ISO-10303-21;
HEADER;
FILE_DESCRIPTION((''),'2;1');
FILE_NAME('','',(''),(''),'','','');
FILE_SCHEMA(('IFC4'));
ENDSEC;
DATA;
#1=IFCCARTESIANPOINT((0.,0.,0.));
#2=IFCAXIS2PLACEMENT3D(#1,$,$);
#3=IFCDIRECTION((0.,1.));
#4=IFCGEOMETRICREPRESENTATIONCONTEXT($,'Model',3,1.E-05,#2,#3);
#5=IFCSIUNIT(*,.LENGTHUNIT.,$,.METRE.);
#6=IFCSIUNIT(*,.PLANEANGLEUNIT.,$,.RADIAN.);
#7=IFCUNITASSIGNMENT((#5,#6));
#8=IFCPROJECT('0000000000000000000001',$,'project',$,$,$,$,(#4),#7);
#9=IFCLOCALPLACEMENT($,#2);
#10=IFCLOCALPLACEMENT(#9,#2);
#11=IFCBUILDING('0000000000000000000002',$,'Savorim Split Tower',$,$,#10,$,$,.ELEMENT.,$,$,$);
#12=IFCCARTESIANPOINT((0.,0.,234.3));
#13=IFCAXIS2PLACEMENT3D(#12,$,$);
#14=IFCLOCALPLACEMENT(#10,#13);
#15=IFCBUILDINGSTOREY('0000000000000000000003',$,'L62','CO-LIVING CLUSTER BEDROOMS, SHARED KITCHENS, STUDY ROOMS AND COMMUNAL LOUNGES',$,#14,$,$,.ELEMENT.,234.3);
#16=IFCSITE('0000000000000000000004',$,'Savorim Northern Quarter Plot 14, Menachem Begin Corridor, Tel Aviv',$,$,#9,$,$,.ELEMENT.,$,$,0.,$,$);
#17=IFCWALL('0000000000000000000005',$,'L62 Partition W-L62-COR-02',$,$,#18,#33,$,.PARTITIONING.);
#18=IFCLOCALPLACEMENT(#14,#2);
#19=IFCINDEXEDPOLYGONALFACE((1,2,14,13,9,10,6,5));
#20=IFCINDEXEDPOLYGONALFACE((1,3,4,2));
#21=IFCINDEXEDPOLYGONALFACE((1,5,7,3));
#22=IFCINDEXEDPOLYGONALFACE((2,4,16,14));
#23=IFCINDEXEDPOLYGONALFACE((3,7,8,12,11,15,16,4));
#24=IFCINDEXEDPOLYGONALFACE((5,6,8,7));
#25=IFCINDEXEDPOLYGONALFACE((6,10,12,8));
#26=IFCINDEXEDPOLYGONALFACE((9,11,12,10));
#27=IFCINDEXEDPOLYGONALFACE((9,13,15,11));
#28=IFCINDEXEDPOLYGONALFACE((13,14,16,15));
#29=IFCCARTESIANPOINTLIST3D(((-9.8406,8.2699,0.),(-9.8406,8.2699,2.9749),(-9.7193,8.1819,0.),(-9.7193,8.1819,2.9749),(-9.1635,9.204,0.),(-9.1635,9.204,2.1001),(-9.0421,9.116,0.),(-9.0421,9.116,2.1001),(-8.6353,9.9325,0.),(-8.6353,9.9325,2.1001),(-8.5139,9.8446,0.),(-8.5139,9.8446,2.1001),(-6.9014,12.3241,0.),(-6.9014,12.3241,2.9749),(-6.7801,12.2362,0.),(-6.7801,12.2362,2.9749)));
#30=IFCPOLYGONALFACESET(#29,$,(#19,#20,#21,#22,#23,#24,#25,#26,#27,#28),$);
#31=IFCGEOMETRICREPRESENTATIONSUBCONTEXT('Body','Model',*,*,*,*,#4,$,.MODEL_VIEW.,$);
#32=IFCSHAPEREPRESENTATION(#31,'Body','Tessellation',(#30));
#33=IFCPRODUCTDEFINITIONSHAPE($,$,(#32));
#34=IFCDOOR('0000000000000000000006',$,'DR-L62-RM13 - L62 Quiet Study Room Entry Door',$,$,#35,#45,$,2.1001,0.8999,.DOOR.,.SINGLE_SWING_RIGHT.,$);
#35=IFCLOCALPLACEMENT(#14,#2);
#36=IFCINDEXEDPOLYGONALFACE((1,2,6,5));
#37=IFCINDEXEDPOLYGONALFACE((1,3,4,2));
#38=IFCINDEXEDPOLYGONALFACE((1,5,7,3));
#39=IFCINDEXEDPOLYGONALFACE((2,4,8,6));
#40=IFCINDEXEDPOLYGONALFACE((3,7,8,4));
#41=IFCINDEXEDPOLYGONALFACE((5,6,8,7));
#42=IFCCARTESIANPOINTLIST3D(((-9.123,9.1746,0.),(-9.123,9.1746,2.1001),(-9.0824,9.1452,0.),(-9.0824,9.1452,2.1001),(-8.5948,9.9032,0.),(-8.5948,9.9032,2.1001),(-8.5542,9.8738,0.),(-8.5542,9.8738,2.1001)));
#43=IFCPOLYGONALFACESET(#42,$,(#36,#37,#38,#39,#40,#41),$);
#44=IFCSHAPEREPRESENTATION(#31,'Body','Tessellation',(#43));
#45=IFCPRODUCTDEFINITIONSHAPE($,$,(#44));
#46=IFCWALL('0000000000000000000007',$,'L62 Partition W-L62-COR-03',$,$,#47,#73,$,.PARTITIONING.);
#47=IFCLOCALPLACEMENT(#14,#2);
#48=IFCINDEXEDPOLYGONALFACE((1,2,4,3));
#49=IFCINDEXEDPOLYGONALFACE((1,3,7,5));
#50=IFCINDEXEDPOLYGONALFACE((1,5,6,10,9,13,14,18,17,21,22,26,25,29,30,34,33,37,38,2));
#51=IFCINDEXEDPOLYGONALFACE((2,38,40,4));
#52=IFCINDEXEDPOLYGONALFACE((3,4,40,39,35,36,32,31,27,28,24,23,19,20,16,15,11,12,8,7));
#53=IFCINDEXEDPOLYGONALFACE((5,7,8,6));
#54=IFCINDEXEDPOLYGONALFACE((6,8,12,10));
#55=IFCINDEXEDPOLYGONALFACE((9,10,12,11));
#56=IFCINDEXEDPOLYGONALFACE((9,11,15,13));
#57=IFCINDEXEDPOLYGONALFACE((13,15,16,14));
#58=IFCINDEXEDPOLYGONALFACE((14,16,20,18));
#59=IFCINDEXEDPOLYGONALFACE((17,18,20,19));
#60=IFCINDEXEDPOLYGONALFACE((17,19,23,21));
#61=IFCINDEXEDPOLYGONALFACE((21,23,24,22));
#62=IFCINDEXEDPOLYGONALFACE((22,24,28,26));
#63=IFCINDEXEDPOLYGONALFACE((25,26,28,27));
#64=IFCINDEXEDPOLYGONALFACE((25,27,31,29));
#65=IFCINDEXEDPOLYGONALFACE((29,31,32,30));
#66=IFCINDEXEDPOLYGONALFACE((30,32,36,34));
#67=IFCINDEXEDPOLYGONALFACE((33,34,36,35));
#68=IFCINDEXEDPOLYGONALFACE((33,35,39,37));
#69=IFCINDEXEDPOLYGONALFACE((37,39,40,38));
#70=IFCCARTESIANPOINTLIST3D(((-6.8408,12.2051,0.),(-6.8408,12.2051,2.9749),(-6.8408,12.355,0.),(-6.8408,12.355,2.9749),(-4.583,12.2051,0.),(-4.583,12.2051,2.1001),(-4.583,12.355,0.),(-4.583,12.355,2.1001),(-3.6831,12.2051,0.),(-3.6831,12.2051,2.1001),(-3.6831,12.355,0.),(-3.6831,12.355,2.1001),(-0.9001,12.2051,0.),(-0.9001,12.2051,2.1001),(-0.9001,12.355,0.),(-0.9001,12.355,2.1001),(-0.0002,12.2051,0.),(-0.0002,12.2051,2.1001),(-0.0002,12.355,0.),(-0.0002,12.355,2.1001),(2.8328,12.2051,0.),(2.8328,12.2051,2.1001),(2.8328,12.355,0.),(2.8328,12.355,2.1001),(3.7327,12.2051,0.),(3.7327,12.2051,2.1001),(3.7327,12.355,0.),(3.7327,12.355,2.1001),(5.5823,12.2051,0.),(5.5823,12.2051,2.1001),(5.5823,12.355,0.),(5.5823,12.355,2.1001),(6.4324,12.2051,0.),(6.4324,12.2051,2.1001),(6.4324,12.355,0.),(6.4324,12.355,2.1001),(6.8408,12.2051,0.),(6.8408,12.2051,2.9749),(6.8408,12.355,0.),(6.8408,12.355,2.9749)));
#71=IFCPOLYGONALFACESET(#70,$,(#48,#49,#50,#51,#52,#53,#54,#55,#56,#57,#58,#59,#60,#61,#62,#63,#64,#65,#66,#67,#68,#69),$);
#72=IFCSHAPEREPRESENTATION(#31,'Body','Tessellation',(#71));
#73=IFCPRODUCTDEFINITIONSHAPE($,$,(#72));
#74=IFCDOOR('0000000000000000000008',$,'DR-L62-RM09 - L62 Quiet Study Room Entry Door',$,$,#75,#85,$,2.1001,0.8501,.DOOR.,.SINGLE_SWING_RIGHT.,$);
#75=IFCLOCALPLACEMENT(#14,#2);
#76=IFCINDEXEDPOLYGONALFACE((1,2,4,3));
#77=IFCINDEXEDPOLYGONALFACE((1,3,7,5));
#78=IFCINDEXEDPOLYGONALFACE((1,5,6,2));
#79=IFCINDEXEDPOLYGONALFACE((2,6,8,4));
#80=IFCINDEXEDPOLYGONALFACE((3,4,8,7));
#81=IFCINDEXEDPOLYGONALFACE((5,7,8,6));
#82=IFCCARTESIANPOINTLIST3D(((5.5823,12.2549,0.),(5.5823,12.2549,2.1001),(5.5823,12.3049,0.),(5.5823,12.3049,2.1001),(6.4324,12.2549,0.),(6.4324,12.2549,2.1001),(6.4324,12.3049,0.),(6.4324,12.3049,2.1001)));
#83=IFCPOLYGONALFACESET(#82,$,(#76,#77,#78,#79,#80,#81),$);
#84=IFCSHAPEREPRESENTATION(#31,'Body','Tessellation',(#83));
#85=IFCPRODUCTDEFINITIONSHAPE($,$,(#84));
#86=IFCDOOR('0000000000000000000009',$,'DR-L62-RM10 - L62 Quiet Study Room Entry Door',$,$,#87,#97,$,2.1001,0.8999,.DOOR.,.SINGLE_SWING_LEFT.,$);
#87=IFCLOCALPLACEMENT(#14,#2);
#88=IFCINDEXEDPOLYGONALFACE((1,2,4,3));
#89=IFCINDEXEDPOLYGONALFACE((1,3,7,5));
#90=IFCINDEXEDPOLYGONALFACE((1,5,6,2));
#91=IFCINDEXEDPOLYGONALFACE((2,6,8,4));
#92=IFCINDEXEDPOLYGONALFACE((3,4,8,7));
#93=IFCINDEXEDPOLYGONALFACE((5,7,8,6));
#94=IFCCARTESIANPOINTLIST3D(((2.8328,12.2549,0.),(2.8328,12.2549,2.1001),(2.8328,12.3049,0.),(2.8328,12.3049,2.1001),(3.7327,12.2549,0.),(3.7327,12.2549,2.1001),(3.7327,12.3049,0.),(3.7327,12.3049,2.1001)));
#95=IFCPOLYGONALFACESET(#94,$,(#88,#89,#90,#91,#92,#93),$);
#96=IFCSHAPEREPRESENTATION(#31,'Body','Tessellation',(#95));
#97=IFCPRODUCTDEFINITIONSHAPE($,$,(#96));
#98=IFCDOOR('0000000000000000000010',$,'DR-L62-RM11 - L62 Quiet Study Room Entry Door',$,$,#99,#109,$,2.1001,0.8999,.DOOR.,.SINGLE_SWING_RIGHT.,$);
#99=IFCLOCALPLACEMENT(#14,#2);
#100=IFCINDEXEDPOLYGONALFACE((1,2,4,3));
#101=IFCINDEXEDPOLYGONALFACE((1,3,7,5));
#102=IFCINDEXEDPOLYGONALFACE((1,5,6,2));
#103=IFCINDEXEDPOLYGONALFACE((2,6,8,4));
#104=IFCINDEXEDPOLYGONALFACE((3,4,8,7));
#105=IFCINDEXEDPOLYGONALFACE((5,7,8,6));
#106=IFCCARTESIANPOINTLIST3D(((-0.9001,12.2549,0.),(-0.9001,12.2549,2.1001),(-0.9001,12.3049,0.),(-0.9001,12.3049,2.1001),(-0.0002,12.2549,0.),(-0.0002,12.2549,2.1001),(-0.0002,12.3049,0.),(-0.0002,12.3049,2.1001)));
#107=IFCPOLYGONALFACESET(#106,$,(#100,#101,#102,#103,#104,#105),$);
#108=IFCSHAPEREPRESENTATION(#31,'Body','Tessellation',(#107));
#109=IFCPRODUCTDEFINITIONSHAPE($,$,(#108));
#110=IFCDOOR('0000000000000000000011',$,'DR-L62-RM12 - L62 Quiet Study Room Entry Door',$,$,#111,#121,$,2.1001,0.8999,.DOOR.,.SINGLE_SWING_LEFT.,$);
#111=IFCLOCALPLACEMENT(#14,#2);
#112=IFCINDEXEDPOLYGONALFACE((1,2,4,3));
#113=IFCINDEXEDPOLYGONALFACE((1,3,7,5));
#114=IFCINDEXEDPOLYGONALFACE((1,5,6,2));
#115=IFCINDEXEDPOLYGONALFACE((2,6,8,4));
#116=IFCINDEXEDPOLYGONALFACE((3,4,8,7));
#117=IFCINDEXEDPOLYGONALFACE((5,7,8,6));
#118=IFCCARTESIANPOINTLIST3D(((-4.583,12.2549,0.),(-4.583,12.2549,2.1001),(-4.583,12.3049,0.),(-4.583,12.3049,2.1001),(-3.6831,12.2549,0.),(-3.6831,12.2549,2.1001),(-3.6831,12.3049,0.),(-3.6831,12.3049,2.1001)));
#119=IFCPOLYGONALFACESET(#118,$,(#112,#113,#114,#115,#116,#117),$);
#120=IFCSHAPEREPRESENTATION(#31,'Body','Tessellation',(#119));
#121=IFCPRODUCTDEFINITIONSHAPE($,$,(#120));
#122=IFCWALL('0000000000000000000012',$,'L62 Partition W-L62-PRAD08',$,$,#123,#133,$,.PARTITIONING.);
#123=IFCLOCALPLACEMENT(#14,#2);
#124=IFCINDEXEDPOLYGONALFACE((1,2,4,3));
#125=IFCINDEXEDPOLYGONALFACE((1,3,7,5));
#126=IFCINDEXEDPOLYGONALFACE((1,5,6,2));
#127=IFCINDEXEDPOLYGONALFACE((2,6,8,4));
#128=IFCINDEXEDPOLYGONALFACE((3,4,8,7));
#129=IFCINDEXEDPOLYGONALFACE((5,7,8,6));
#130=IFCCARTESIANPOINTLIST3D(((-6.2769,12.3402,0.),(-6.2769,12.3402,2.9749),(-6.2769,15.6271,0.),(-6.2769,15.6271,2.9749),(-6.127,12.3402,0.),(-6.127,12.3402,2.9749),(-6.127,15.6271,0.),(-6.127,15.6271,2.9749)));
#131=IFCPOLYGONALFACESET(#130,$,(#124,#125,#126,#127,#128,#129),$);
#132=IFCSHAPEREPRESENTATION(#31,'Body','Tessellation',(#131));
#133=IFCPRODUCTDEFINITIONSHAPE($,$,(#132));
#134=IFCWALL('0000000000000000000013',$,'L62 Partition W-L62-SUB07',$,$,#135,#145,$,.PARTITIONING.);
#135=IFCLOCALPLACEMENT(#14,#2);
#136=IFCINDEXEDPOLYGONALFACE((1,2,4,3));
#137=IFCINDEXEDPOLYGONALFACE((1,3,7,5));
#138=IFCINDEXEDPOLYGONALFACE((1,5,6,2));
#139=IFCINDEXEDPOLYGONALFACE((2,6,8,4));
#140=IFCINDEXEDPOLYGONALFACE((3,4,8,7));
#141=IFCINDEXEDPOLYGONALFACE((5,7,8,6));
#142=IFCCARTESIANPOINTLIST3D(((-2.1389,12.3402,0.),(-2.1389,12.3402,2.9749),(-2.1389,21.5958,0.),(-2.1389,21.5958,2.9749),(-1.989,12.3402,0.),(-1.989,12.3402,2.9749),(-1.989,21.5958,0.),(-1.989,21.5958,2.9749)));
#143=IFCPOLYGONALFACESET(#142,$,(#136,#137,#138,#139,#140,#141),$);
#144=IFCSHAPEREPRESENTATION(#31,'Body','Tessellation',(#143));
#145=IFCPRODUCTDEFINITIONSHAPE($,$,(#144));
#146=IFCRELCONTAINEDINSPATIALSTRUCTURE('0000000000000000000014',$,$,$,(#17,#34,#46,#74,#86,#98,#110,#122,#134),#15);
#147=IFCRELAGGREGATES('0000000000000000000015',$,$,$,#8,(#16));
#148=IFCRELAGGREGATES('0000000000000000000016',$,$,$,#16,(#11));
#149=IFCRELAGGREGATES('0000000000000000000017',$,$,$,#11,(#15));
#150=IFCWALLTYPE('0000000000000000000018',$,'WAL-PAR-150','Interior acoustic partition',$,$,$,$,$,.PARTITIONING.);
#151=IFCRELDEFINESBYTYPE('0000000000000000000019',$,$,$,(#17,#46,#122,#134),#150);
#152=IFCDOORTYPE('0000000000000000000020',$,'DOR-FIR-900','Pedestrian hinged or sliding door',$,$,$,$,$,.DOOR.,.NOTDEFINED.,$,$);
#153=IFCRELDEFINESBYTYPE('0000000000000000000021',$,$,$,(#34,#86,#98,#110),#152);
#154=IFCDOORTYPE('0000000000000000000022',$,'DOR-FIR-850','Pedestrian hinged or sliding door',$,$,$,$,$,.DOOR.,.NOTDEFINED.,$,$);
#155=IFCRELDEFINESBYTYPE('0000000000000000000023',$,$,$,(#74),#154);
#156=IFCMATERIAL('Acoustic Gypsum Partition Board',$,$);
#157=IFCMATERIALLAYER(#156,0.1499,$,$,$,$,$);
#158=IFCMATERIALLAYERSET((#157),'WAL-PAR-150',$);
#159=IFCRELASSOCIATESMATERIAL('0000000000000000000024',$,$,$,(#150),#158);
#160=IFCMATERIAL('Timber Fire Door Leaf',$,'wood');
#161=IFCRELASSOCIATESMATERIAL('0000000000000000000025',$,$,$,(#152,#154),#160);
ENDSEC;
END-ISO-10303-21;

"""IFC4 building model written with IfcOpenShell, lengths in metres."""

from ifc_helpers import new_model, si_unit, direction, frame, frame_2d, origin, place, context, subcontext, project, spatial, rectangle, extrude, material, layer, layer_set, type_object, element, fill, save


model = new_model("IFC4")

# Units and contexts
model_context = context("Model", 3, precision=1e-05, world=origin(), true_north=direction((0.0, 1.0)))
body_context = subcontext(model_context, "Body", "Model", "MODEL_VIEW")
ifc_project = project(units=[si_unit("LENGTHUNIT", "METRE"), si_unit("PLANEANGLEUNIT", "RADIAN")], contexts=[model_context])

# Site, building, storey
site_placement = place(None, origin())
site = spatial("IfcSite", under=ifc_project, at=site_placement, Name="Savorim Northern Quarter Plot 14, Menachem Begin Corridor, Tel Aviv", CompositionType="ELEMENT", RefElevation=0.0)
building_placement = place(site_placement, origin())
building = spatial("IfcBuilding", under=site, at=building_placement, Name="Savorim Split Tower", CompositionType="ELEMENT")
storey_placement = place(building_placement, frame((0.0, 0.0, 234.3)))
storey = spatial("IfcBuildingStorey", under=building, at=storey_placement, Name="L62", Description="CO-LIVING CLUSTER BEDROOMS, SHARED KITCHENS, STUDY ROOMS AND COMMUNAL LOUNGES", CompositionType="ELEMENT", Elevation=234.3)

# Shared definitions
ifc_material_1 = material(Name="Acoustic Gypsum Partition Board")
ifc_layer_1 = layer(ifc_material_1, 0.1499)
ifc_layer_set_1 = layer_set([ifc_layer_1], Name="WAL-PAR-150")
wall_type_1 = type_object("IfcWallType", Name="WAL-PAR-150", Description="Interior acoustic partition", PredefinedType="PARTITIONING", material=ifc_layer_set_1)

# Wall, opening, door
wall_1_placement = place(storey_placement, frame((-9.78, 8.2258, 0.0), z_axis=(0.0, 0.0, 1.0), x_axis=(0.586956, 0.809619, 0.0)))
wall_1 = element("IfcWall", 1, at=wall_1_placement, inside=storey, type_object=wall_type_1, Name="L62 Partition W-L62-COR-02", PredefinedType="PARTITIONING", context=body_context, shape_type="SweptSolid", body=[
    extrude(rectangle(XDim=5.0076, YDim=0.1499, at=frame_2d((2.5039, 0.0))), origin(), (0.0, 0.0, 1.0), 2.9749),
])
opening_1_placement = place(wall_1_placement, frame((1.1538, 0.0, 0.0)))
opening_1 = element("IfcOpeningElement", 2, at=opening_1_placement, cuts=wall_1, PredefinedType="OPENING", context=body_context, shape_type="SweptSolid", body=[
    extrude(rectangle(XDim=0.8999, YDim=2.1001, at=frame_2d((0.45, 1.05))), frame((0.0, 0.085, 0.0), z_axis=(0.0, -1.0, 0.0), x_axis=(1.0, 0.0, 0.0)), (0.0, 0.0, 1.0), 0.1699),
])
ifc_material_2 = material(Name="Timber Fire Door Leaf", Category="wood")
door_type_1 = type_object("IfcDoorType", Name="DOR-FIR-900", Description="Pedestrian hinged or sliding door", OperationType="NOTDEFINED", PredefinedType="DOOR", material=ifc_material_2)
door_1_placement = place(opening_1_placement, origin())
door_1 = element("IfcDoor", 3, at=door_1_placement, inside=storey, type_object=door_type_1, Name="DR-L62-RM13 - L62 Quiet Study Room Entry Door", OperationType="SINGLE_SWING_RIGHT", OverallHeight=2.1001, OverallWidth=0.8999, PredefinedType="DOOR", context=body_context, shape_type="SweptSolid", body=[
    extrude(rectangle(XDim=0.8999, YDim=2.1001, at=frame_2d((0.45, 1.05))), frame((0.0, 0.0249, 0.0), z_axis=(0.0, -1.0, 0.0), x_axis=(1.0, 0.0, 0.0)), (0.0, 0.0, 1.0), 0.05),
])
fill(opening_1, door_1)

# Wall, openings, doors
wall_2_placement = place(storey_placement, frame((-6.8408, 12.28, 0.0), z_axis=(0.0, 0.0, 1.0), x_axis=(1.0, 0.0, 0.0)))
wall_2 = element("IfcWall", 4, at=wall_2_placement, inside=storey, type_object=wall_type_1, Name="L62 Partition W-L62-COR-03", PredefinedType="PARTITIONING", context=body_context, shape_type="SweptSolid", body=[
    extrude(rectangle(XDim=13.6816, YDim=0.1499, at=frame_2d((6.8408, 0.0))), origin(), (0.0, 0.0, 1.0), 2.9749),
])
opening_2_placement = place(wall_2_placement, frame((12.4231, 0.0, 0.0)))
opening_2 = element("IfcOpeningElement", 5, at=opening_2_placement, cuts=wall_2, PredefinedType="OPENING", context=body_context, shape_type="SweptSolid", body=[
    extrude(rectangle(XDim=0.8501, YDim=2.1001, at=frame_2d((0.425, 1.05))), frame((0.0, 0.085, 0.0), z_axis=(0.0, -1.0, 0.0), x_axis=(1.0, 0.0, 0.0)), (0.0, 0.0, 1.0), 0.1699),
])
opening_3_placement = place(wall_2_placement, frame((9.6736, 0.0, 0.0)))
opening_3 = element("IfcOpeningElement", 6, at=opening_3_placement, cuts=wall_2, PredefinedType="OPENING", context=body_context, shape_type="SweptSolid", body=[
    extrude(rectangle(XDim=0.8999, YDim=2.1001, at=frame_2d((0.45, 1.05))), frame((0.0, 0.085, 0.0), z_axis=(0.0, -1.0, 0.0), x_axis=(1.0, 0.0, 0.0)), (0.0, 0.0, 1.0), 0.1699),
])
opening_4_placement = place(wall_2_placement, frame((5.9407, 0.0, 0.0)))
opening_4 = element("IfcOpeningElement", 7, at=opening_4_placement, cuts=wall_2, PredefinedType="OPENING", context=body_context, shape_type="SweptSolid", body=[
    extrude(rectangle(XDim=0.8999, YDim=2.1001, at=frame_2d((0.45, 1.05))), frame((0.0, 0.085, 0.0), z_axis=(0.0, -1.0, 0.0), x_axis=(1.0, 0.0, 0.0)), (0.0, 0.0, 1.0), 0.1699),
])
opening_5_placement = place(wall_2_placement, frame((2.2578, 0.0, 0.0)))
opening_5 = element("IfcOpeningElement", 8, at=opening_5_placement, cuts=wall_2, PredefinedType="OPENING", context=body_context, shape_type="SweptSolid", body=[
    extrude(rectangle(XDim=0.8999, YDim=2.1001, at=frame_2d((0.45, 1.05))), frame((0.0, 0.085, 0.0), z_axis=(0.0, -1.0, 0.0), x_axis=(1.0, 0.0, 0.0)), (0.0, 0.0, 1.0), 0.1699),
])
door_type_2 = type_object("IfcDoorType", Name="DOR-FIR-850", Description="Pedestrian hinged or sliding door", OperationType="NOTDEFINED", PredefinedType="DOOR", material=ifc_material_2)
door_2_placement = place(opening_2_placement, origin())
door_2 = element("IfcDoor", 9, at=door_2_placement, inside=storey, type_object=door_type_2, Name="DR-L62-RM09 - L62 Quiet Study Room Entry Door", OperationType="SINGLE_SWING_RIGHT", OverallHeight=2.1001, OverallWidth=0.8501, PredefinedType="DOOR", context=body_context, shape_type="SweptSolid", body=[
    extrude(rectangle(XDim=0.8501, YDim=2.1001, at=frame_2d((0.425, 1.05))), frame((0.0, 0.0249, 0.0), z_axis=(0.0, -1.0, 0.0), x_axis=(1.0, 0.0, 0.0)), (0.0, 0.0, 1.0), 0.05),
])
fill(opening_2, door_2)
door_3_placement = place(opening_3_placement, origin())
door_3 = element("IfcDoor", 10, at=door_3_placement, inside=storey, type_object=door_type_1, Name="DR-L62-RM10 - L62 Quiet Study Room Entry Door", OperationType="SINGLE_SWING_LEFT", OverallHeight=2.1001, OverallWidth=0.8999, PredefinedType="DOOR", context=body_context, shape_type="SweptSolid", body=[
    extrude(rectangle(XDim=0.8999, YDim=2.1001, at=frame_2d((0.45, 1.05))), frame((0.0, 0.0249, 0.0), z_axis=(0.0, -1.0, 0.0), x_axis=(1.0, 0.0, 0.0)), (0.0, 0.0, 1.0), 0.05),
])
fill(opening_3, door_3)
door_4_placement = place(opening_4_placement, origin())
door_4 = element("IfcDoor", 11, at=door_4_placement, inside=storey, type_object=door_type_1, Name="DR-L62-RM11 - L62 Quiet Study Room Entry Door", OperationType="SINGLE_SWING_RIGHT", OverallHeight=2.1001, OverallWidth=0.8999, PredefinedType="DOOR", context=body_context, shape_type="SweptSolid", body=[
    extrude(rectangle(XDim=0.8999, YDim=2.1001, at=frame_2d((0.45, 1.05))), frame((0.0, 0.0249, 0.0), z_axis=(0.0, -1.0, 0.0), x_axis=(1.0, 0.0, 0.0)), (0.0, 0.0, 1.0), 0.05),
])
fill(opening_4, door_4)
door_5_placement = place(opening_5_placement, origin())
door_5 = element("IfcDoor", 12, at=door_5_placement, inside=storey, type_object=door_type_1, Name="DR-L62-RM12 - L62 Quiet Study Room Entry Door", OperationType="SINGLE_SWING_LEFT", OverallHeight=2.1001, OverallWidth=0.8999, PredefinedType="DOOR", context=body_context, shape_type="SweptSolid", body=[
    extrude(rectangle(XDim=0.8999, YDim=2.1001, at=frame_2d((0.45, 1.05))), frame((0.0, 0.0249, 0.0), z_axis=(0.0, -1.0, 0.0), x_axis=(1.0, 0.0, 0.0)), (0.0, 0.0, 1.0), 0.05),
])
fill(opening_5, door_5)

# Walls
wall_3_placement = place(storey_placement, frame((-6.2019, 12.3401, 0.0), z_axis=(0.0, 0.0, 1.0), x_axis=(0.0, 1.0, 0.0)))
element("IfcWall", 13, at=wall_3_placement, inside=storey, type_object=wall_type_1, Name="L62 Partition W-L62-PRAD08", PredefinedType="PARTITIONING", context=body_context, shape_type="SweptSolid", body=[
    extrude(rectangle(XDim=3.2869, YDim=0.1499, at=frame_2d((1.6436, 0.0))), origin(), (0.0, 0.0, 1.0), 2.9749),
])
wall_4_placement = place(storey_placement, frame((-2.064, 12.3401, 0.0), z_axis=(0.0, 0.0, 1.0), x_axis=(0.0, 1.0, 0.0)))
element("IfcWall", 14, at=wall_4_placement, inside=storey, type_object=wall_type_1, Name="L62 Partition W-L62-SUB07", PredefinedType="PARTITIONING", context=body_context, shape_type="SweptSolid", body=[
    extrude(rectangle(XDim=9.2556, YDim=0.1499, at=frame_2d((4.6279, 0.0))), origin(), (0.0, 0.0, 1.0), 2.9749),
])

save(model, "model.ifc")
